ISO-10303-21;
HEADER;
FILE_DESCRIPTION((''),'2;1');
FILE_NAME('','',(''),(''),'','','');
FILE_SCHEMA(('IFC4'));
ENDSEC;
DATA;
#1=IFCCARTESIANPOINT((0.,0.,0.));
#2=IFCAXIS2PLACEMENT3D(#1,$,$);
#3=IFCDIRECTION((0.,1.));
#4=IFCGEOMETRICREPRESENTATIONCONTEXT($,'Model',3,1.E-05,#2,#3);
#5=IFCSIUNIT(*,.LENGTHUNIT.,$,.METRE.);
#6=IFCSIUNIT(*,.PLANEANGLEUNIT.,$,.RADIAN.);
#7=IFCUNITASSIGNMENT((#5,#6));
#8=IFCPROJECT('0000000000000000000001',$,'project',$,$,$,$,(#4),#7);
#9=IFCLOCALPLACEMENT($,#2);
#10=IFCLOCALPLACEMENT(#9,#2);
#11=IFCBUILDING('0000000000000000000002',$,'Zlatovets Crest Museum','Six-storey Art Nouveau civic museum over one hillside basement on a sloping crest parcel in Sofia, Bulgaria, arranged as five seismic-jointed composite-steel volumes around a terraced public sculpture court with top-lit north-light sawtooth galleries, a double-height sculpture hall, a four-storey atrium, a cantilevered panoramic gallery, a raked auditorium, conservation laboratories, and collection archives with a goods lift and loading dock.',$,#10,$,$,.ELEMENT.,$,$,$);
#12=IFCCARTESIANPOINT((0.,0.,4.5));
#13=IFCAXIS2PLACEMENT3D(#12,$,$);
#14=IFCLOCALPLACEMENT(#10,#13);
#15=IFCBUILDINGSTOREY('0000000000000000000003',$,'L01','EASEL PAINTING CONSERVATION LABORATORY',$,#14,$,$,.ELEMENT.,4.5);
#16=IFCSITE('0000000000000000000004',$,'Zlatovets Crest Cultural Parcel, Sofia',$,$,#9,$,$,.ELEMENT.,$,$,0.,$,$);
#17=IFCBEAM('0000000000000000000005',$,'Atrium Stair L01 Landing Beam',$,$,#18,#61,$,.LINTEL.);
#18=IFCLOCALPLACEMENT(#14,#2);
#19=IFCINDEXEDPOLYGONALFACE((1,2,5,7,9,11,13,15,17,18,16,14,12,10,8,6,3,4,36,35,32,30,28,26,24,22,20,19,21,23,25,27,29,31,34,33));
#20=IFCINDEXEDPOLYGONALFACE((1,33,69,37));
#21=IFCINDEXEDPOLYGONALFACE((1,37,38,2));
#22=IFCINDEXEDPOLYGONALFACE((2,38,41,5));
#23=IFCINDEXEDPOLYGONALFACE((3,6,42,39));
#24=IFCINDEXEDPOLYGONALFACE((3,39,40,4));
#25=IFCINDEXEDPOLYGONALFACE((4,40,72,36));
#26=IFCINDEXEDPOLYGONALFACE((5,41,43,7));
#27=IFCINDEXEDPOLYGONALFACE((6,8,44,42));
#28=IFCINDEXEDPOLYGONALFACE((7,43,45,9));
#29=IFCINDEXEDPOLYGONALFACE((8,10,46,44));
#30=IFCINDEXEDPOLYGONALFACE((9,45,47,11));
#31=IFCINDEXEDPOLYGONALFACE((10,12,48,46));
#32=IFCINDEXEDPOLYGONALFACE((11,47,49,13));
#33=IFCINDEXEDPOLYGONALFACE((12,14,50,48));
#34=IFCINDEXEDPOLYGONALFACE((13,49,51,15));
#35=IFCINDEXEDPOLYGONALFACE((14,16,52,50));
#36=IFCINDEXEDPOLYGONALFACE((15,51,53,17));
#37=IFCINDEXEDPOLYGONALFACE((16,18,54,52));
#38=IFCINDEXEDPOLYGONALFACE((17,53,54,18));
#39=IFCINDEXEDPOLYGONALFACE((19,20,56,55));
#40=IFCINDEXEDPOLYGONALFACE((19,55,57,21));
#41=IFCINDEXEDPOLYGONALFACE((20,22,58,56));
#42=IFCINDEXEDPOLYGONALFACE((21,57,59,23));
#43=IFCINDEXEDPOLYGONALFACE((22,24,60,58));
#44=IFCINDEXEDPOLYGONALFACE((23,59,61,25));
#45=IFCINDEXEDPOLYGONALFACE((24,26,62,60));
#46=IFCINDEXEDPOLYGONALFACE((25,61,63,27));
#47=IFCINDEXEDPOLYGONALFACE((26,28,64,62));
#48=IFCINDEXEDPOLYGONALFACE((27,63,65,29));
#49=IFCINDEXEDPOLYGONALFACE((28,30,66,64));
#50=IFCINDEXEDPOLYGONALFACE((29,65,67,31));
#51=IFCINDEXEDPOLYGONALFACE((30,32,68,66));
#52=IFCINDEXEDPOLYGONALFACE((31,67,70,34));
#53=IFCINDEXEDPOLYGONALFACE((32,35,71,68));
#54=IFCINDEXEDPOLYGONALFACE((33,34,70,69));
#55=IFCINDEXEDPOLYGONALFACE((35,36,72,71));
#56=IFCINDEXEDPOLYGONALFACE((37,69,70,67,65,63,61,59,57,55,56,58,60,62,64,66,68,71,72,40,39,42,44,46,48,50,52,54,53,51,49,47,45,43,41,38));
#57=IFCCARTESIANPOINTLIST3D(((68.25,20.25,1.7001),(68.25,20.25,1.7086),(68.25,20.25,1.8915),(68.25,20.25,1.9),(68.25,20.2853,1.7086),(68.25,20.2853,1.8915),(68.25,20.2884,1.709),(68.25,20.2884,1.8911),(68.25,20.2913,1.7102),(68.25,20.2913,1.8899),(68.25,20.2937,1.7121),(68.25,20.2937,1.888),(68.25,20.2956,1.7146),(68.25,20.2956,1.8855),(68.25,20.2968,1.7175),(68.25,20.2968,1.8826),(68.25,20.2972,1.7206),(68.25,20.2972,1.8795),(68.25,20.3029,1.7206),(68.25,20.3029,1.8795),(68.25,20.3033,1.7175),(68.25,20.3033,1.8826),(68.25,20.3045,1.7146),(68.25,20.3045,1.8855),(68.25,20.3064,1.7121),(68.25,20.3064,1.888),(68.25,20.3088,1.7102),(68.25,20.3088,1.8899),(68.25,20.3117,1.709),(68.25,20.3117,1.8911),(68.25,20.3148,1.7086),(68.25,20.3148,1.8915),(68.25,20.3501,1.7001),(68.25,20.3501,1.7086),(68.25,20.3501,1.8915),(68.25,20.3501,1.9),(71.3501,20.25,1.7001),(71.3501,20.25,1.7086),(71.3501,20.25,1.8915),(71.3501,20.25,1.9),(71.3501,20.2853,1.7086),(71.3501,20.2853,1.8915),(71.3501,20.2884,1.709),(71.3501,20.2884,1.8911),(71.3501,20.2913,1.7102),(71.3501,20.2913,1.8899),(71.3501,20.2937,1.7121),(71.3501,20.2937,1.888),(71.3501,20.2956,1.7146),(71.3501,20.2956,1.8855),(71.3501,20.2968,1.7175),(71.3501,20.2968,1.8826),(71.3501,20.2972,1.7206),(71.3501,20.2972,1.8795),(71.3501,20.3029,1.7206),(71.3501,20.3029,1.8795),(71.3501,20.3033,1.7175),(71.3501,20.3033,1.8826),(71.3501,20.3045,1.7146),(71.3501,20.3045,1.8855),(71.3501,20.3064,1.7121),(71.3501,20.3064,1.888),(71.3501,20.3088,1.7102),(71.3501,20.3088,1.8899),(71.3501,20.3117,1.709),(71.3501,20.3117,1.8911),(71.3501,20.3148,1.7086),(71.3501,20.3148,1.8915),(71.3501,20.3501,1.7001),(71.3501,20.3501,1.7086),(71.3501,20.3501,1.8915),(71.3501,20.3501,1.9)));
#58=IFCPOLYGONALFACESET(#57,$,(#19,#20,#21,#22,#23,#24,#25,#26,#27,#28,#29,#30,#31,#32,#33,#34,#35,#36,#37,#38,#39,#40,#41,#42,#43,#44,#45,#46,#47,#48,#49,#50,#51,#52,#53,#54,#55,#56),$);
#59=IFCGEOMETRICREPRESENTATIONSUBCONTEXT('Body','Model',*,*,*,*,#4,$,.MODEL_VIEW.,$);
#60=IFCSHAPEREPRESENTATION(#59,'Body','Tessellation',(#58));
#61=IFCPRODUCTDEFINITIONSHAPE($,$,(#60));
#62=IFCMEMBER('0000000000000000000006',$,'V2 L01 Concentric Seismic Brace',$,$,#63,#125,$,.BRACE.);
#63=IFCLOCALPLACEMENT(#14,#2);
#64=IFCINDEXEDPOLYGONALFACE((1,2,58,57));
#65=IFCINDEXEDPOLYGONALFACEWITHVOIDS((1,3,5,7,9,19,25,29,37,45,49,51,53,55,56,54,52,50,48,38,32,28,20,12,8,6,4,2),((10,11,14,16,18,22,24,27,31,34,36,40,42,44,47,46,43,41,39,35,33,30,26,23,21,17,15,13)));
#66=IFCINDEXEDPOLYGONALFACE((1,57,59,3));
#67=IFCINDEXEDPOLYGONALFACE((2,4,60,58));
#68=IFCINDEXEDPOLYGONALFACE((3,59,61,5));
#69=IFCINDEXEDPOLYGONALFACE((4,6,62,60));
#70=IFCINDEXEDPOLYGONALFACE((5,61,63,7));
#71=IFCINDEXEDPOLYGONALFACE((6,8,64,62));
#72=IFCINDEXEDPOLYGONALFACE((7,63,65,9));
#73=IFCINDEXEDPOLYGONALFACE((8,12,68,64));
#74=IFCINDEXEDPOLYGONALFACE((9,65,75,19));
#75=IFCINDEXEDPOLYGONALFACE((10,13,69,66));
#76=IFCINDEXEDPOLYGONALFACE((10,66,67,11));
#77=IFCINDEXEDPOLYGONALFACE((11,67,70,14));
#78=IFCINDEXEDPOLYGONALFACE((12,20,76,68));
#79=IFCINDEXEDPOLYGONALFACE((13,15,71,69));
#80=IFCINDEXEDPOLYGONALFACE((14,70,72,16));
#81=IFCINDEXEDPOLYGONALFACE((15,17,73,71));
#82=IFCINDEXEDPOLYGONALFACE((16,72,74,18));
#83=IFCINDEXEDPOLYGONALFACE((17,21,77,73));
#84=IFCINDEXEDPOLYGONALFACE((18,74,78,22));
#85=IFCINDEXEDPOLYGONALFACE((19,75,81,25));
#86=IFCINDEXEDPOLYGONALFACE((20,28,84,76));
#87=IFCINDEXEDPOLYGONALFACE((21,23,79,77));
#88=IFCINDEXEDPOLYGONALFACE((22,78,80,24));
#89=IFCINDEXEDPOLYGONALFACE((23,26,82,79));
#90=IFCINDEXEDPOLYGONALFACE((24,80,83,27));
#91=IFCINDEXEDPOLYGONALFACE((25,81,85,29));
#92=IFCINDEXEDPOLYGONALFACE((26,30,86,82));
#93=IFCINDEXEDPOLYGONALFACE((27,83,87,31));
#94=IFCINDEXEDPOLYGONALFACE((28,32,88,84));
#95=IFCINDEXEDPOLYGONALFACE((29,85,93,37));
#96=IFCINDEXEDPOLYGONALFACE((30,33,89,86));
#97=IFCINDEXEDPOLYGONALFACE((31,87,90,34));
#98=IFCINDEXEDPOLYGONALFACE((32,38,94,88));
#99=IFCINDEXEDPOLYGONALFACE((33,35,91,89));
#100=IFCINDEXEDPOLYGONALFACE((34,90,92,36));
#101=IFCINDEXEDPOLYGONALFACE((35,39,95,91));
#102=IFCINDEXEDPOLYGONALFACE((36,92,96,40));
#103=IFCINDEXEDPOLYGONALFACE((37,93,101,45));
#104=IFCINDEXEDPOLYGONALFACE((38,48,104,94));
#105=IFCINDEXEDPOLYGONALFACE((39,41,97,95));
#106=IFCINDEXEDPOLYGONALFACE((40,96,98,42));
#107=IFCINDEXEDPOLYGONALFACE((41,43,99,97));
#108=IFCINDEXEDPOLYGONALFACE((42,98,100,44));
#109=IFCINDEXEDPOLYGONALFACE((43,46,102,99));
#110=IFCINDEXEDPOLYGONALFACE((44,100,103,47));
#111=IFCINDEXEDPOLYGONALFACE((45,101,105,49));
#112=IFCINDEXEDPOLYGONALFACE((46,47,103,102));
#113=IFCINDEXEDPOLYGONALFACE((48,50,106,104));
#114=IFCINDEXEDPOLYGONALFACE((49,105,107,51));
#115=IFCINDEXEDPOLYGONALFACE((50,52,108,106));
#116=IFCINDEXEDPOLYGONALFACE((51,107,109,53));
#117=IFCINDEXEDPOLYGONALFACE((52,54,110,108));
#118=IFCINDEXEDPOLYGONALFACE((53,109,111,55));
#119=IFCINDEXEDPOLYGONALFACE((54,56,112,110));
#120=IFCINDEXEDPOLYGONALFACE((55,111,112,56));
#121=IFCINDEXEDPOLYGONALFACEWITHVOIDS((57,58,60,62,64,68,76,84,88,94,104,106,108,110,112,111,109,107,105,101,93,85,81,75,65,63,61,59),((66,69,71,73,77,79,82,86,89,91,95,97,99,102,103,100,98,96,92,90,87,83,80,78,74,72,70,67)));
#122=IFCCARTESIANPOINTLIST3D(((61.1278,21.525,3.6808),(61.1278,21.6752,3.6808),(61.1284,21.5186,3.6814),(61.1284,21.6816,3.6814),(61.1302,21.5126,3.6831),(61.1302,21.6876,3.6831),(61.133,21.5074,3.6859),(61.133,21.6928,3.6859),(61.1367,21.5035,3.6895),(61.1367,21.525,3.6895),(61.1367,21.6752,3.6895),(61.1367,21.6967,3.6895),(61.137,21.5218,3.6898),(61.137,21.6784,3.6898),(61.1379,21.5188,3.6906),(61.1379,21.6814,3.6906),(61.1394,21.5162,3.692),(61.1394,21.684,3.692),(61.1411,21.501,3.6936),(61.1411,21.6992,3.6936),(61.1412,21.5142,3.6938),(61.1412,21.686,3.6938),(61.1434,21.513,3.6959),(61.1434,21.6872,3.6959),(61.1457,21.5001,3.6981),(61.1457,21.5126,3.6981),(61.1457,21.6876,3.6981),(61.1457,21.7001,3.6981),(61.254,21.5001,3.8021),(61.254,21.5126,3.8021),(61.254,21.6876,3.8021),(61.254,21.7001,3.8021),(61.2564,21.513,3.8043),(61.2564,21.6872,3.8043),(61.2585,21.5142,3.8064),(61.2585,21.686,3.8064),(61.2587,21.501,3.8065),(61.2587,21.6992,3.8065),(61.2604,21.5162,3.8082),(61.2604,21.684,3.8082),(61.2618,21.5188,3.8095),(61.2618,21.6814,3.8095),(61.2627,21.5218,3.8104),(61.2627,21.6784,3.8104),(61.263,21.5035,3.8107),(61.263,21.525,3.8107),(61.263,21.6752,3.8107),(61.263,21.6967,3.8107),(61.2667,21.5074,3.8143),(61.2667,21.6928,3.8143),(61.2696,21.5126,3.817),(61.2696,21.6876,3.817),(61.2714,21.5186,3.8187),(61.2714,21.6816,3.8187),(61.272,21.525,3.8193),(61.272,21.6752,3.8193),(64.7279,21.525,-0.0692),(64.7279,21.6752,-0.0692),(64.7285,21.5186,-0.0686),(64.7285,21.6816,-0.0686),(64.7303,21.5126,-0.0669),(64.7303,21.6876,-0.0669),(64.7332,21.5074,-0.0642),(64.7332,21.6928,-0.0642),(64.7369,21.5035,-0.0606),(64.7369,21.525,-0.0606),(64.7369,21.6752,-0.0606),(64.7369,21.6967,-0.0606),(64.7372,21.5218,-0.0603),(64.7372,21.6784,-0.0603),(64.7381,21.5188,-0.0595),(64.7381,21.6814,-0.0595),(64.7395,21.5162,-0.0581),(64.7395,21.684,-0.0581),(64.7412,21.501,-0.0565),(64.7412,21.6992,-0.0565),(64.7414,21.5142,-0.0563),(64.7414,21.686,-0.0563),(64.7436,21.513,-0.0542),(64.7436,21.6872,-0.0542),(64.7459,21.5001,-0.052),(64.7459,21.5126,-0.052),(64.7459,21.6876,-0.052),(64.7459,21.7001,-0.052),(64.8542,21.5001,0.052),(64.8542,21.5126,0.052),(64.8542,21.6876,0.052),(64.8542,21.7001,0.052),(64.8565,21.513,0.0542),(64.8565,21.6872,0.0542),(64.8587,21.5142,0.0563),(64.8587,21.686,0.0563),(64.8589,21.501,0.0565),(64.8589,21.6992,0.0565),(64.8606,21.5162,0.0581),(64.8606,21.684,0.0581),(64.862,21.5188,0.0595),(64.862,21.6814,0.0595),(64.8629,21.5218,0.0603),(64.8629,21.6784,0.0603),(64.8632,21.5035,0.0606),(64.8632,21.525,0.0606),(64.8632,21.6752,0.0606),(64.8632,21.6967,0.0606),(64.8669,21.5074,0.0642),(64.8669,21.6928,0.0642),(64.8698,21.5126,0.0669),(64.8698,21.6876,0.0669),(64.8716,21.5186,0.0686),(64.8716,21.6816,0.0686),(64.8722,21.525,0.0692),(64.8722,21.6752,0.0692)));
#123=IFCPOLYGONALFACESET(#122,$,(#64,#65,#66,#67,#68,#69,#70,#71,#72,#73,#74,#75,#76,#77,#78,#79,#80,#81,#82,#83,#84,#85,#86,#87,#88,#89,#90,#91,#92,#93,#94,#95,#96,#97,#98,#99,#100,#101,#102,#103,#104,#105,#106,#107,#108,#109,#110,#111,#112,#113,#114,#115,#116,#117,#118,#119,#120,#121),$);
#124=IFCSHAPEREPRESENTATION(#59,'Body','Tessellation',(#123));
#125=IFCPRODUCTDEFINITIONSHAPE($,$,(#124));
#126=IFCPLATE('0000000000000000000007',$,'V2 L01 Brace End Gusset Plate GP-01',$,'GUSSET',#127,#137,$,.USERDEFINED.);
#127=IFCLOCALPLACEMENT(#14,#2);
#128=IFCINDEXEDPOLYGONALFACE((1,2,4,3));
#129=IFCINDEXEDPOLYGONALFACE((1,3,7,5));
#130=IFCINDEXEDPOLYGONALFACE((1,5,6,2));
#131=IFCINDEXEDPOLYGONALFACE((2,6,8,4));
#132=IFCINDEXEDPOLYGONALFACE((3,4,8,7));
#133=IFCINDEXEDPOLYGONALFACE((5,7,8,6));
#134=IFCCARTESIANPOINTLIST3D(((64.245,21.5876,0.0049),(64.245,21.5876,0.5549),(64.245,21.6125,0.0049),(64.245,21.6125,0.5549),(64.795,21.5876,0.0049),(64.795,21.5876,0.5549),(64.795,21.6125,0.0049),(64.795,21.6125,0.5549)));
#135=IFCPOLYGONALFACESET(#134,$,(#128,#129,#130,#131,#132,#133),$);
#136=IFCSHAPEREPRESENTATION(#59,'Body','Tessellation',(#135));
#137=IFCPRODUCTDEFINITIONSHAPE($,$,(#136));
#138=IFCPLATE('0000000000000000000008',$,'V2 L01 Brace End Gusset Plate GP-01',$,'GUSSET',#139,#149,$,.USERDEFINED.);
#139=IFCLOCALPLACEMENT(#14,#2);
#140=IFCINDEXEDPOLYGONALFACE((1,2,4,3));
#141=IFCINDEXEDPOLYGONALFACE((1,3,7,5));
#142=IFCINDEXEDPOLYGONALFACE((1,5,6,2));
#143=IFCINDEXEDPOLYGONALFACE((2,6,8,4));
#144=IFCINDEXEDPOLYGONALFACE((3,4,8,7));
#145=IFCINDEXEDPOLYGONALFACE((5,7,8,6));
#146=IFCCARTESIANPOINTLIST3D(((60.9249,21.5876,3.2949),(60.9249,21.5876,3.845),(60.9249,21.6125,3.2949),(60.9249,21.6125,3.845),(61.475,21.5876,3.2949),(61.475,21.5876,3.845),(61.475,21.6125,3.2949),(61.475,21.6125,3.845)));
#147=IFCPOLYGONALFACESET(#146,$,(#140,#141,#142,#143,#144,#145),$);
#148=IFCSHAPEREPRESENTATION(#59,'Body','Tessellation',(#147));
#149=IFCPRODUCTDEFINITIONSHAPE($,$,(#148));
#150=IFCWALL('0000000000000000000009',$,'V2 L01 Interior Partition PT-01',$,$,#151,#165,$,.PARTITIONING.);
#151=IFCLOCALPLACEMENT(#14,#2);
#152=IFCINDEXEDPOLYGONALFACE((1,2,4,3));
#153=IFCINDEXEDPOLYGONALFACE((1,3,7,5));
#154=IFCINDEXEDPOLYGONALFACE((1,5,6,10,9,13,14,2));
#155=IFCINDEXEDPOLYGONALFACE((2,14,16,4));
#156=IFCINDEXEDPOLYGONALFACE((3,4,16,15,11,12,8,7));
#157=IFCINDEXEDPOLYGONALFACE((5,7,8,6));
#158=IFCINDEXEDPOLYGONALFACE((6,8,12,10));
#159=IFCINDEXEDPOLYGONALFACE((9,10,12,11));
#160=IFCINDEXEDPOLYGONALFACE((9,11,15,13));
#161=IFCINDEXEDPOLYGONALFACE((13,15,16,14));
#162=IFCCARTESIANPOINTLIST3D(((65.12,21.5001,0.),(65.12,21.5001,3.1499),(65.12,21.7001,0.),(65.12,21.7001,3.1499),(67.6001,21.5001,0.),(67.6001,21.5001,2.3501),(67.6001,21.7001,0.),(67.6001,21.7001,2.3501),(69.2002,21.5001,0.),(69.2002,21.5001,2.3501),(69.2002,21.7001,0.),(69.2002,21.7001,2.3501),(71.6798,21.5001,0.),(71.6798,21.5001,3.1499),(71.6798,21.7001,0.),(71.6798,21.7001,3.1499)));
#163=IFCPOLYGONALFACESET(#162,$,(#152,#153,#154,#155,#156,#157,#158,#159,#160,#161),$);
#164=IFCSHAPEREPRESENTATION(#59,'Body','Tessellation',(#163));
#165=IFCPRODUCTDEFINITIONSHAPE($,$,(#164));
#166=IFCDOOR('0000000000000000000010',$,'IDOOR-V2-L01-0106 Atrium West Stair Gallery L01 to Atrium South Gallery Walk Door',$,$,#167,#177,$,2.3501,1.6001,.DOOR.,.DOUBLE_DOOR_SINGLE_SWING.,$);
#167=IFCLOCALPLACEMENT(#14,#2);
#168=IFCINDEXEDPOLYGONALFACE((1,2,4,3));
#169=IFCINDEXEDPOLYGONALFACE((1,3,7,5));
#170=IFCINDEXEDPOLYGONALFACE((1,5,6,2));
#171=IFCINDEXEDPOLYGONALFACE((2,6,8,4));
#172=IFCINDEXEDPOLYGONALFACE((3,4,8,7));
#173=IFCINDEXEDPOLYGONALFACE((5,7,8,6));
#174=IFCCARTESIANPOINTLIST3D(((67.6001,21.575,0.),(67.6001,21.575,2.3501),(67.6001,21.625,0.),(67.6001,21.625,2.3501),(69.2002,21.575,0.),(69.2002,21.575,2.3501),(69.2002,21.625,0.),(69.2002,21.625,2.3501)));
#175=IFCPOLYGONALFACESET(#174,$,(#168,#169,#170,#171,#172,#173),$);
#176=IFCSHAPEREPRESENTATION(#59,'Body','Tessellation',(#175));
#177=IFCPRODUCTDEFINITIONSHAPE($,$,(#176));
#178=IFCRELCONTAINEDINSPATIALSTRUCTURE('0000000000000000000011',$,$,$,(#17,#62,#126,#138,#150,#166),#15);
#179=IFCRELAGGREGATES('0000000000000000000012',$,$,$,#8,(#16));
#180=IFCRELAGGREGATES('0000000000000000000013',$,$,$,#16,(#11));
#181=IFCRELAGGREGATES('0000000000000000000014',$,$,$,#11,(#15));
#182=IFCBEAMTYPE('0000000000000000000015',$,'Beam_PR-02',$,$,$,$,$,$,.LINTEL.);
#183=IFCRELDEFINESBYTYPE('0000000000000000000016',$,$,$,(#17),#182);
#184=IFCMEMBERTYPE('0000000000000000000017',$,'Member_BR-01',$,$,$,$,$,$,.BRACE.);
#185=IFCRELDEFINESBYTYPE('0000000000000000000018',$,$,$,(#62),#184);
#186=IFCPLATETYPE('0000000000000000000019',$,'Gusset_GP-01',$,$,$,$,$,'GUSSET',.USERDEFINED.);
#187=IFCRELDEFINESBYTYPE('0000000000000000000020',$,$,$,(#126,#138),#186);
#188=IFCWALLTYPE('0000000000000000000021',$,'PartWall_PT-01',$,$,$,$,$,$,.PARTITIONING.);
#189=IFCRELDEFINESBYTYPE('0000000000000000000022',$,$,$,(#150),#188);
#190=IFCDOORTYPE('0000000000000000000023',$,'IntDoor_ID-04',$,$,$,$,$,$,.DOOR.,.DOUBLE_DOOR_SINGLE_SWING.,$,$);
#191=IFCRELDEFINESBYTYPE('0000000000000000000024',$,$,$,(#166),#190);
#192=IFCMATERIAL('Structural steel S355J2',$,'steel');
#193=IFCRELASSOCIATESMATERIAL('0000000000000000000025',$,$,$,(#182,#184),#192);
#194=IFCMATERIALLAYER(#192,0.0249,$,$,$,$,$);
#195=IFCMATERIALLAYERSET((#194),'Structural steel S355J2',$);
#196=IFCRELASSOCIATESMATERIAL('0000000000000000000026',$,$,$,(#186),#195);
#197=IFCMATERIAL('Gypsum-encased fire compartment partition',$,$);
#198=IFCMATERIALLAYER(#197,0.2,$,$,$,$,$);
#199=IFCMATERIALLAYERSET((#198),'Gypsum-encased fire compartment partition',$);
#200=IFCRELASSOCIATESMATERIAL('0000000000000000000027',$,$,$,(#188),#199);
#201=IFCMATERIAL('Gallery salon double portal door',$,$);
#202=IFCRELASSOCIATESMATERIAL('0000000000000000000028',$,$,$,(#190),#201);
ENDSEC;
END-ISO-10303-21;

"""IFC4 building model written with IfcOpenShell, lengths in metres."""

from ifc_helpers import new_model, si_unit, direction, frame, frame_2d, origin, origin_2d, place, context, subcontext, project, spatial, rectangle, hollow_rectangle, i_section, extrude, material, layer, layer_set, material_profile, profile_set, type_object, element, fill, save


model = new_model("IFC4")

# Units and contexts
model_context = context("Model", 3, precision=1e-05, world=origin(), true_north=direction((0.0, 1.0)))
body_context = subcontext(model_context, "Body", "Model", "MODEL_VIEW")
ifc_project = project(units=[si_unit("LENGTHUNIT", "METRE"), si_unit("PLANEANGLEUNIT", "RADIAN")], contexts=[model_context])

# Site, building, storey
site_placement = place(None, origin())
site = spatial("IfcSite", under=ifc_project, at=site_placement, Name="Zlatovets Crest Cultural Parcel, Sofia", CompositionType="ELEMENT", RefElevation=0.0)
building_placement = place(site_placement, origin())
building = spatial("IfcBuilding", under=site, at=building_placement, Name="Zlatovets Crest Museum", Description="Six-storey Art Nouveau civic museum over one hillside basement on a sloping crest parcel in Sofia, Bulgaria, arranged as five seismic-jointed composite-steel volumes around a terraced public sculpture court with top-lit north-light sawtooth galleries, a double-height sculpture hall, a four-storey atrium, a cantilevered panoramic gallery, a raked auditorium, conservation laboratories, and collection archives with a goods lift and loading dock.", CompositionType="ELEMENT")
storey_placement = place(building_placement, frame((0.0, 0.0, 4.5)))
storey = spatial("IfcBuildingStorey", under=building, at=storey_placement, Name="L01", Description="EASEL PAINTING CONSERVATION LABORATORY", CompositionType="ELEMENT", Elevation=4.5)

# Shared definitions
ifc_material_1 = material(Name="Structural steel S355J2", Category="steel")

# Beam
ifc_material_profile_1 = material_profile(ifc_material_1, i_section(OverallWidth=0.1001, OverallDepth=0.2, WebThickness=0.0056, FlangeThickness=0.0085, FilletRadius=0.012, at=origin_2d()), Name="IPE 200")
ifc_profile_set_1 = profile_set([ifc_material_profile_1], Name="Structural steel S355J2")
beam_type_1 = type_object("IfcBeamType", Name="Beam_PR-02", PredefinedType="LINTEL", material=ifc_profile_set_1)
for number, where, z_axis, x_axis, name in (
    (1, (68.25, 20.3, 1.8), (1.0, 0.0, 0.0), (0.0, 1.0, 0.0), "Atrium Stair L01 Landing Beam"),
):
    element("IfcBeam", number, at=place(storey_placement, frame(where, z_axis=z_axis, x_axis=x_axis)), inside=storey, type_object=beam_type_1, Name=name, PredefinedType="LINTEL", context=body_context, shape_type="SweptSolid", body=[
        extrude(i_section(OverallWidth=0.1001, OverallDepth=0.2, WebThickness=0.0056, FlangeThickness=0.0085, FilletRadius=0.012, at=origin_2d()), origin(), (0.0, 0.0, 1.0), 3.1001),
    ])

# Member
ifc_material_profile_2 = material_profile(ifc_material_1, hollow_rectangle(XDim=0.2, YDim=0.2, WallThickness=0.0125, InnerFilletRadius=0.0125, OuterFilletRadius=0.0249, at=origin_2d()), Name="SHS 200x200x12.5")
ifc_profile_set_2 = profile_set([ifc_material_profile_2], Name="Structural steel S355J2")
member_type = type_object("IfcMemberType", Name="Member_BR-01", PredefinedType="BRACE", material=ifc_profile_set_2)
member_placement = place(storey_placement, frame((64.8, 21.6001, 0.0), z_axis=(-0.692542, 0.0, 0.721378), x_axis=(0.0, -1.0, 0.0)))
element("IfcMember", 2, at=member_placement, inside=storey, type_object=member_type, Name="V2 L01 Concentric Seismic Brace", PredefinedType="BRACE", context=body_context, shape_type="SweptSolid", body=[
    extrude(hollow_rectangle(XDim=0.2, YDim=0.2, WallThickness=0.0125, InnerFilletRadius=0.0125, OuterFilletRadius=0.0249, at=origin_2d()), origin(), (0.0, 0.0, 1.0), 5.1985),
])

# Plates
ifc_layer_1 = layer(ifc_material_1, 0.0249)
ifc_layer_set_1 = layer_set([ifc_layer_1], Name="Structural steel S355J2")
plate_type = type_object("IfcPlateType", Name="Gusset_GP-01", ElementType="GUSSET", PredefinedType="USERDEFINED", material=ifc_layer_set_1)
for number, where, z_axis, x_axis, name in (
    (3, (64.52, 21.6001, 0.0049), (0.0, 0.0, 1.0), (1.0, 0.0, 0.0), "V2 L01 Brace End Gusset Plate GP-01"),
    (4, (61.2, 21.6001, 3.2949), (0.0, 0.0, 1.0), (1.0, 0.0, 0.0), "V2 L01 Brace End Gusset Plate GP-01"),
):
    element("IfcPlate", number, at=place(storey_placement, frame(where, z_axis=z_axis, x_axis=x_axis)), inside=storey, type_object=plate_type, Name=name, ObjectType="GUSSET", PredefinedType="USERDEFINED", context=body_context, shape_type="SweptSolid", body=[
        extrude(rectangle(XDim=0.55, YDim=0.0249, at=origin_2d()), origin(), (0.0, 0.0, 1.0), 0.55),
    ])

# Wall, opening, door
ifc_material_2 = material(Name="Gypsum-encased fire compartment partition")
ifc_layer_2 = layer(ifc_material_2, 0.2)
ifc_layer_set_2 = layer_set([ifc_layer_2], Name="Gypsum-encased fire compartment partition")
wall_type_1 = type_object("IfcWallType", Name="PartWall_PT-01", PredefinedType="PARTITIONING", material=ifc_layer_set_2)
wall_1_placement = place(storey_placement, frame((65.1201, 21.6001, 0.0), z_axis=(0.0, 0.0, 1.0), x_axis=(1.0, 0.0, 0.0)))
wall_1 = element("IfcWall", 5, at=wall_1_placement, inside=storey, type_object=wall_type_1, Name="V2 L01 Interior Partition PT-01", PredefinedType="PARTITIONING", context=body_context, shape_type="SweptSolid", body=[
    extrude(rectangle(XDim=6.5598, YDim=0.2, at=frame_2d((3.2798, 0.0))), origin(), (0.0, 0.0, 1.0), 3.1499),
])
opening_1_placement = place(wall_1_placement, frame((2.48, 0.0, 0.0)))
opening_1 = element("IfcOpeningElement", 6, at=opening_1_placement, cuts=wall_1, PredefinedType="OPENING", context=body_context, shape_type="SweptSolid", body=[
    extrude(rectangle(XDim=1.6001, YDim=2.3501, at=frame_2d((0.8, 1.175))), frame((0.0, 0.1099, 0.0), z_axis=(0.0, -1.0, 0.0), x_axis=(1.0, 0.0, 0.0)), (0.0, 0.0, 1.0), 0.22),
])
ifc_material_3 = material(Name="Gallery salon double portal door")
door_type_1 = type_object("IfcDoorType", Name="IntDoor_ID-04", OperationType="DOUBLE_DOOR_SINGLE_SWING", PredefinedType="DOOR", material=ifc_material_3)
door_1_placement = place(opening_1_placement, origin())
door_1 = element("IfcDoor", 7, at=door_1_placement, inside=storey, type_object=door_type_1, Name="IDOOR-V2-L01-0106 Atrium West Stair Gallery L01 to Atrium South Gallery Walk Door", OperationType="DOUBLE_DOOR_SINGLE_SWING", OverallHeight=2.3501, OverallWidth=1.6001, PredefinedType="DOOR", context=body_context, shape_type="SweptSolid", body=[
    extrude(rectangle(XDim=1.6001, YDim=2.3501, at=frame_2d((0.8, 1.175))), frame((0.0, 0.0249, 0.0), z_axis=(0.0, -1.0, 0.0), x_axis=(1.0, 0.0, 0.0)), (0.0, 0.0, 1.0), 0.05),
])
fill(opening_1, door_1)

save(model, "model.ifc")
